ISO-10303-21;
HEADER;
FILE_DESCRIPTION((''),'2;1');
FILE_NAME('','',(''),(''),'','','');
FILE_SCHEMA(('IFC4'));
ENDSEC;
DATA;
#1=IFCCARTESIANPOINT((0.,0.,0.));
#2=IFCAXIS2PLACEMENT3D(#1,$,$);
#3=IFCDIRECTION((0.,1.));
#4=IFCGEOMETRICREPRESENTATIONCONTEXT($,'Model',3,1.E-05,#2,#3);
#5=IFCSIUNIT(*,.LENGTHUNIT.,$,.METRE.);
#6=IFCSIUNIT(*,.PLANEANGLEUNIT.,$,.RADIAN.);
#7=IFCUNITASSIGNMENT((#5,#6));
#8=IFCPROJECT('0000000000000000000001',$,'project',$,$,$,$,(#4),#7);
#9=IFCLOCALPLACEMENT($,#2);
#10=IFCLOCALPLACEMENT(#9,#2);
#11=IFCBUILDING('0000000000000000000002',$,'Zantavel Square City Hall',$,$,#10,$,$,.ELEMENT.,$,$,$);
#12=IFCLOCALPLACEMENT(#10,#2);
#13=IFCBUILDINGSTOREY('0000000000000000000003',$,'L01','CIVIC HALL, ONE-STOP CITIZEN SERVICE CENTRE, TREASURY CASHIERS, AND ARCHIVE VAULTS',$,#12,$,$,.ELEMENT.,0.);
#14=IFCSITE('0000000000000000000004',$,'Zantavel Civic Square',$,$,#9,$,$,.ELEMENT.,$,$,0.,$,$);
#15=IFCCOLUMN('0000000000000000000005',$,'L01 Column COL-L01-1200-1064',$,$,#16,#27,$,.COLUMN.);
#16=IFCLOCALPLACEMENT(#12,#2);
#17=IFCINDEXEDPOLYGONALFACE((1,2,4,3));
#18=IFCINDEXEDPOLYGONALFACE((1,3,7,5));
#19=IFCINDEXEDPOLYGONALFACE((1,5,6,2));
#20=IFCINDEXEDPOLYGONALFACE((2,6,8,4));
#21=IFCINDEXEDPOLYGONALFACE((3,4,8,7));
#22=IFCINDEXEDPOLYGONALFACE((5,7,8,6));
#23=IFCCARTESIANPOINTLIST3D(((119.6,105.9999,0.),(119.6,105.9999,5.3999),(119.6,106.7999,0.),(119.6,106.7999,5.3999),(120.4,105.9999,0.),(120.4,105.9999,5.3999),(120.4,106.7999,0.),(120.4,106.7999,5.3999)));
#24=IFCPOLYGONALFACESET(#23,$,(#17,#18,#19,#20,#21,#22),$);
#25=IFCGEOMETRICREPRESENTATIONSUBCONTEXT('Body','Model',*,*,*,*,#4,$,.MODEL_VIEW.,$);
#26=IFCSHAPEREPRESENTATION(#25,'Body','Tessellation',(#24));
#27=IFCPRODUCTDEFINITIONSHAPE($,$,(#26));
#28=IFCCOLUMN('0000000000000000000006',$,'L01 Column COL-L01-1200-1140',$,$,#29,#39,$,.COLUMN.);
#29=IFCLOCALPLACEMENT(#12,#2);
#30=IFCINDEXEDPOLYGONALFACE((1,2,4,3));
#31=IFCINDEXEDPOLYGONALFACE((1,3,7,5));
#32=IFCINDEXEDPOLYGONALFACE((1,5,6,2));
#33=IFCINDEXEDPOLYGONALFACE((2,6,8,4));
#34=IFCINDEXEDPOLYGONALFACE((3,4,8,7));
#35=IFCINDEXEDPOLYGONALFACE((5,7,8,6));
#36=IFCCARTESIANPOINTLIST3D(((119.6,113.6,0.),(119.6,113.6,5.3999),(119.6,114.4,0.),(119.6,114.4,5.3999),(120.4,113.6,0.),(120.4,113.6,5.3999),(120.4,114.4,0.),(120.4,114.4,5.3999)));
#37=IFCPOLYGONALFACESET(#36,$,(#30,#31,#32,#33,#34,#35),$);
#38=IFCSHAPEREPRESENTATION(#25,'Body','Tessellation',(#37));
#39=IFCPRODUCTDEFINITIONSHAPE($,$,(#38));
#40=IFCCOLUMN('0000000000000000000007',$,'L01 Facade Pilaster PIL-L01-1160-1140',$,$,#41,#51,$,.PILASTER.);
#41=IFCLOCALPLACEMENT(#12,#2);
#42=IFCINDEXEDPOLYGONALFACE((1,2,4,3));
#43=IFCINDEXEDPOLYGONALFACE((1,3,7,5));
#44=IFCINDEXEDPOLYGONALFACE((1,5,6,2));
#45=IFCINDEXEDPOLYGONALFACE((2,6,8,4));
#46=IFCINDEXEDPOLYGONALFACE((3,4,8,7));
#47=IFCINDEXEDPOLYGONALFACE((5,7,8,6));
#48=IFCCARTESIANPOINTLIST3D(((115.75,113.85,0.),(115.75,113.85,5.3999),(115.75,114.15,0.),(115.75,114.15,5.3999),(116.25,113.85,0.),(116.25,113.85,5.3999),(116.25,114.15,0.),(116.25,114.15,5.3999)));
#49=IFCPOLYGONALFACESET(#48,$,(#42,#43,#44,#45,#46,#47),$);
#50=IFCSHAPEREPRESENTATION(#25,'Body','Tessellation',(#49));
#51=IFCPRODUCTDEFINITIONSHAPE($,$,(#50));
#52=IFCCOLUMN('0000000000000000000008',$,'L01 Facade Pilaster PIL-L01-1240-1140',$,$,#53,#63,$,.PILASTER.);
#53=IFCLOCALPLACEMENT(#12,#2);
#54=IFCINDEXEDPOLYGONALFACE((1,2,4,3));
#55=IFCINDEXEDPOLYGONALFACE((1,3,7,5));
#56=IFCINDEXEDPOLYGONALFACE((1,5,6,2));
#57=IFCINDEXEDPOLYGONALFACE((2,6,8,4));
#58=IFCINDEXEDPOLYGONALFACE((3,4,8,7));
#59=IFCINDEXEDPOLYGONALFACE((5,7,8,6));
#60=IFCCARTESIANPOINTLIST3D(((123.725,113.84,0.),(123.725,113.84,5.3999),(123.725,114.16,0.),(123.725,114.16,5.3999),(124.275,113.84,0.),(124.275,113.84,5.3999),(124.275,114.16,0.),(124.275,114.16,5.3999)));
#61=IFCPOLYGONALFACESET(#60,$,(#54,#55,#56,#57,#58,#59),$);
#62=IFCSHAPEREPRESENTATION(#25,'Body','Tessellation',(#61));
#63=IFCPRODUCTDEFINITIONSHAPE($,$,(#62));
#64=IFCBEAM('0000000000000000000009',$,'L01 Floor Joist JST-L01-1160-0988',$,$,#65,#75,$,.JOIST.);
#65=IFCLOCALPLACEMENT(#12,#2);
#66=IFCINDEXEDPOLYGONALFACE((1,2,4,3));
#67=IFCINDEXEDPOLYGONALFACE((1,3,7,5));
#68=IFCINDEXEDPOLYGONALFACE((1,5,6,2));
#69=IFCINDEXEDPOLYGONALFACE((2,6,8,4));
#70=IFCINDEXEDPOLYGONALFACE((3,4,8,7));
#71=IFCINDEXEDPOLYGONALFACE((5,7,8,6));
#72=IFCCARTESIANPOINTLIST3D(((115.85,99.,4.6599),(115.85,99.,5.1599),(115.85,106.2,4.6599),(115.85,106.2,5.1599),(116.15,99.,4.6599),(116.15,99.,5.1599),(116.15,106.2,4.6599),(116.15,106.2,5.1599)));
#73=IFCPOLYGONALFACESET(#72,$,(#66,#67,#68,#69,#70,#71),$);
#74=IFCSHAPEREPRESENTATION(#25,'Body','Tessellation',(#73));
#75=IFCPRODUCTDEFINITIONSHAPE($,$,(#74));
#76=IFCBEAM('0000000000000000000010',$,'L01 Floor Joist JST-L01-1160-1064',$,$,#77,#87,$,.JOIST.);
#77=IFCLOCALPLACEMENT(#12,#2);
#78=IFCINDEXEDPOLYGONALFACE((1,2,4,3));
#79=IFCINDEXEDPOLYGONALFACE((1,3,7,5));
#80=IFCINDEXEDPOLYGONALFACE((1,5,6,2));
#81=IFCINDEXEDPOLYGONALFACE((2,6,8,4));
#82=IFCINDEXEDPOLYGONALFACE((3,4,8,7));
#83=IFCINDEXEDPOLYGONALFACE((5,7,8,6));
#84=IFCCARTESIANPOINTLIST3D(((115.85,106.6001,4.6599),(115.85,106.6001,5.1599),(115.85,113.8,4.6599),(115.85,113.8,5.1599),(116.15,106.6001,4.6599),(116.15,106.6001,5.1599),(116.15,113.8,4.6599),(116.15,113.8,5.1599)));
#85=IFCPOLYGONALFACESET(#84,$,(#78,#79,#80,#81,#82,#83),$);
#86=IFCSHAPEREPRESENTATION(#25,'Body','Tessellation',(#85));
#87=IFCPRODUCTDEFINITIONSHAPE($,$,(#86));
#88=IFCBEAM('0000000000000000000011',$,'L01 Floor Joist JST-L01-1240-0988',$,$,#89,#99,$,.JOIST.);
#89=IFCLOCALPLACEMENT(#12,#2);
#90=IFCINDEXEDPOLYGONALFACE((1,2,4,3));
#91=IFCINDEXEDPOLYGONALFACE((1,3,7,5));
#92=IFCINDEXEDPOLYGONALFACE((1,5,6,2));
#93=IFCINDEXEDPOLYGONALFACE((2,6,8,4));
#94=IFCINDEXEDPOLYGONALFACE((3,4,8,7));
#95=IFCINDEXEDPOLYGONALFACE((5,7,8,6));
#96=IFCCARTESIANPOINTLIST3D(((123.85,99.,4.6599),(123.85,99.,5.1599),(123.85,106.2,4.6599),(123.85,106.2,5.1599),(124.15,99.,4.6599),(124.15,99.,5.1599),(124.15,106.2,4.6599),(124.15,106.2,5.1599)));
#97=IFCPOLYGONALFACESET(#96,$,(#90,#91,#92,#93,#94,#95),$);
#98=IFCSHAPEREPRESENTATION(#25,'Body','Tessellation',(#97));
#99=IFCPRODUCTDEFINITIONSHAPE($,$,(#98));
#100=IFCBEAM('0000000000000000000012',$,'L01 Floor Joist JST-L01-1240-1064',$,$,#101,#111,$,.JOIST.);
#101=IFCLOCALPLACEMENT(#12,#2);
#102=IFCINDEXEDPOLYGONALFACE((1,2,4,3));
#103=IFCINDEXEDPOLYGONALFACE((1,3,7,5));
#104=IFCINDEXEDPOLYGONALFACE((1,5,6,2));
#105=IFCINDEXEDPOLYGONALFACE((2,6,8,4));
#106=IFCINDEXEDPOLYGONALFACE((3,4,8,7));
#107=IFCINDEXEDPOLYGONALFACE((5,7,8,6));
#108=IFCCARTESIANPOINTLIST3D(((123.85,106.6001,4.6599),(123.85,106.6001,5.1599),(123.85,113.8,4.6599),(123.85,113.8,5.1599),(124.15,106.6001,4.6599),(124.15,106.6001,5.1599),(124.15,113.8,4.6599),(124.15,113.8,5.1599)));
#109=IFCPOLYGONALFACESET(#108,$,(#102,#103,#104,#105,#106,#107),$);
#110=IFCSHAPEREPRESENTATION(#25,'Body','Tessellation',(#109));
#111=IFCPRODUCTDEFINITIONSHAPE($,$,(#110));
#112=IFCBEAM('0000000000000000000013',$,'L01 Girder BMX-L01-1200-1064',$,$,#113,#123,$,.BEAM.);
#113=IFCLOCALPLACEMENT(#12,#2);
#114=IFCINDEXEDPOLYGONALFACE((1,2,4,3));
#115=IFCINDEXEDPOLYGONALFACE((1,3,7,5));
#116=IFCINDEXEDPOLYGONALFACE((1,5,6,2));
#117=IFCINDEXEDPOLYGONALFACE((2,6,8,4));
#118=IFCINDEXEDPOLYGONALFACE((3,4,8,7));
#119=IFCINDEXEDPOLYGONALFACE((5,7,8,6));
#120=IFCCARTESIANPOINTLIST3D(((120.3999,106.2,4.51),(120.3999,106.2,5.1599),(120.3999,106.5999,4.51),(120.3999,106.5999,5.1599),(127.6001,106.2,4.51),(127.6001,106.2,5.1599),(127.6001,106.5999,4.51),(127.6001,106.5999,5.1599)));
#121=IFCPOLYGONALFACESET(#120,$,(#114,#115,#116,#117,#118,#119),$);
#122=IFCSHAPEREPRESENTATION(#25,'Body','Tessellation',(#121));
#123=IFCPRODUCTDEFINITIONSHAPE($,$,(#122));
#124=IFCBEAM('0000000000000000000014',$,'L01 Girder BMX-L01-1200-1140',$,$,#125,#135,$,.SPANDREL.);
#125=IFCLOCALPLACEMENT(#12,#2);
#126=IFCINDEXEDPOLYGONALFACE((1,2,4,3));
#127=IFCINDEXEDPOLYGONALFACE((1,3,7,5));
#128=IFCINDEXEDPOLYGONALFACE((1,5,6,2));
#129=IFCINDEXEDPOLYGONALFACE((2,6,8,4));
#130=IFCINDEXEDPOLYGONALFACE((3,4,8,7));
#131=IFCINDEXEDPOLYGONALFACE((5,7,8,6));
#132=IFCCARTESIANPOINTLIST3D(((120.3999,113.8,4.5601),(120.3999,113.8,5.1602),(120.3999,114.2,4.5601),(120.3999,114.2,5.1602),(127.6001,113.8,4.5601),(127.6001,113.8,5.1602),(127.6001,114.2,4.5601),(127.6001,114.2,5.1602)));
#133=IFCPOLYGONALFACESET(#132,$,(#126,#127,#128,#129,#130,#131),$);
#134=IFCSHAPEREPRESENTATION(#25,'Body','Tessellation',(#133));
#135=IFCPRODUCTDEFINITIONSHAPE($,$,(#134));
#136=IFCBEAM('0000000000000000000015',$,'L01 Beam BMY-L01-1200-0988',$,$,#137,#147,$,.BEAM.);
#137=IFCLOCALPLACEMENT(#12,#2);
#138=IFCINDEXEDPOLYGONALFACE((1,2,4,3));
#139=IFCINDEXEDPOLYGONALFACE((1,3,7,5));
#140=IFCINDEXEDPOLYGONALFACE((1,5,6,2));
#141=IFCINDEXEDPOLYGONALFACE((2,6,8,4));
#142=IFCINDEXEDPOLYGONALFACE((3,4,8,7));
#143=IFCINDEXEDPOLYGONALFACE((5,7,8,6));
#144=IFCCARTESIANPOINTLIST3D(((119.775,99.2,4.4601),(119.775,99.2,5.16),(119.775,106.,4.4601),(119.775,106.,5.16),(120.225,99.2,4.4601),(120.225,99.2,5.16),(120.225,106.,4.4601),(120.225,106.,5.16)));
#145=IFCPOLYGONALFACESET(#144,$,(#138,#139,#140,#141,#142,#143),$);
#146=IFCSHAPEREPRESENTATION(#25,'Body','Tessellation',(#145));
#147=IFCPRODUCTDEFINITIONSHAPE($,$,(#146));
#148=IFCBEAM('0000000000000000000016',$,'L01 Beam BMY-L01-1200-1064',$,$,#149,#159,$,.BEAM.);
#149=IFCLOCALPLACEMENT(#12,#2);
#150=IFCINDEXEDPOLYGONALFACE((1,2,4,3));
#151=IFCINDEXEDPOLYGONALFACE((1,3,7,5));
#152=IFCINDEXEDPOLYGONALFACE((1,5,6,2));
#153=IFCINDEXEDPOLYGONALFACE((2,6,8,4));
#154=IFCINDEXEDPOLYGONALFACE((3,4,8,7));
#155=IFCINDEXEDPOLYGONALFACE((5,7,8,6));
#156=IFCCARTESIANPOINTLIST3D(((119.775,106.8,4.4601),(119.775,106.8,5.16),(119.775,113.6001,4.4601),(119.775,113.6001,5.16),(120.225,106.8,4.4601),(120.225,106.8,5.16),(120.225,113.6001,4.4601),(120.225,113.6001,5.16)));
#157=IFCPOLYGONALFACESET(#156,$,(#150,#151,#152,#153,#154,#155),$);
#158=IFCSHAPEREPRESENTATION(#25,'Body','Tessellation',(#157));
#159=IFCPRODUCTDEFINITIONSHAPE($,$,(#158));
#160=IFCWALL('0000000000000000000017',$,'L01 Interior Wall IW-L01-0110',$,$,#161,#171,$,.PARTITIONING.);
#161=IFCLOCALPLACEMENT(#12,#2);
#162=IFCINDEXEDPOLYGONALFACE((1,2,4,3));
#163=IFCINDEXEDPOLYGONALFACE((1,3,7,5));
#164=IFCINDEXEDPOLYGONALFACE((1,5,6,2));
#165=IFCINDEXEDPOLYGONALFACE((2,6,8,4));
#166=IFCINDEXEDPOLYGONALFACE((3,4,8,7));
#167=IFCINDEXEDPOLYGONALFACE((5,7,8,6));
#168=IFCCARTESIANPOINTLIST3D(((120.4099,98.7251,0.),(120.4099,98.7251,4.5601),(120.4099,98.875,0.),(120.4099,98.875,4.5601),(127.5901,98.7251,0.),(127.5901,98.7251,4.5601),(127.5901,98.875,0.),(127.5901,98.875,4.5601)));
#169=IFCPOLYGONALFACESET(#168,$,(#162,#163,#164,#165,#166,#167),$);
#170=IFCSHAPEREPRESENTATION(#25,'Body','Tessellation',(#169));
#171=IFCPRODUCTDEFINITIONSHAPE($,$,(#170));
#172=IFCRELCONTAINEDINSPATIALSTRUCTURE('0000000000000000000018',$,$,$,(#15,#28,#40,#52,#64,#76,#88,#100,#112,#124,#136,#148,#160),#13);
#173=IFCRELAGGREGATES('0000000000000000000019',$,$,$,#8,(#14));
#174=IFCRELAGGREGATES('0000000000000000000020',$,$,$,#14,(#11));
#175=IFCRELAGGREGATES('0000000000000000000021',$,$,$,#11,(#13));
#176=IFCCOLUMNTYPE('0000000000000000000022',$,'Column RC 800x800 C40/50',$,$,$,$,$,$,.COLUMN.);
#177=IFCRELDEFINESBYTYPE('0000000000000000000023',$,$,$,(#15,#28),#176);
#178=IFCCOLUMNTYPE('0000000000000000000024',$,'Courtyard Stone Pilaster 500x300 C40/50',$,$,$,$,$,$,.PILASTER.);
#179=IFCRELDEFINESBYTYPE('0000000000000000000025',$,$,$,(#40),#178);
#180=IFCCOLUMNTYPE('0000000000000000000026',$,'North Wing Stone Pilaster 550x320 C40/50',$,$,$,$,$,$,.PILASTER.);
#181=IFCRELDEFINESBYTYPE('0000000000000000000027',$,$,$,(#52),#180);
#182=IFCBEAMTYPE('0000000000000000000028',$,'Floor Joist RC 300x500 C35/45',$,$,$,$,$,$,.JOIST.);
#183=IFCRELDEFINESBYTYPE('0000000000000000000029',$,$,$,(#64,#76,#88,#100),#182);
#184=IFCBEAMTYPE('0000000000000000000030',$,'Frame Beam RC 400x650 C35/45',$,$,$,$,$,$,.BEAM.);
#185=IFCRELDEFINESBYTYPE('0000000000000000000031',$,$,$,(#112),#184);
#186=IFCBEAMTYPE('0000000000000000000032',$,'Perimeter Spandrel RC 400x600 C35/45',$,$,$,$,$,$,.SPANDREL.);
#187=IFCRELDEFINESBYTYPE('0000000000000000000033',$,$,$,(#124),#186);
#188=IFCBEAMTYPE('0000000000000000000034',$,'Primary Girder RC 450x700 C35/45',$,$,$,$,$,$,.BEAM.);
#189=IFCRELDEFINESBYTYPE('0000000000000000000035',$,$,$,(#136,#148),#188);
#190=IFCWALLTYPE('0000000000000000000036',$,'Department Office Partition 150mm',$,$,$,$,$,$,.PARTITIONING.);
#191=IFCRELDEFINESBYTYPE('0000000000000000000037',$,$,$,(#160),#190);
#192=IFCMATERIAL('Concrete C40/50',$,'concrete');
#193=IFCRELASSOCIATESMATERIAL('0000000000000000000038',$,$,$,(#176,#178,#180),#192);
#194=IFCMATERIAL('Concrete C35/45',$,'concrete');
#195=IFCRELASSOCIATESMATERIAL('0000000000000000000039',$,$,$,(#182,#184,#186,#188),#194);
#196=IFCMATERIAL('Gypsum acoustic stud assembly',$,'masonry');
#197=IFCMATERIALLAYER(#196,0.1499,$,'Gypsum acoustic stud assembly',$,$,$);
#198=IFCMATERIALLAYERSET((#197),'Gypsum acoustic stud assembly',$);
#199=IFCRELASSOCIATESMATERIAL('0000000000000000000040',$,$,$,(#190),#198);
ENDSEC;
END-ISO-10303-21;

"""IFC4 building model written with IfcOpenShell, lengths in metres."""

from ifc_helpers import new_model, si_unit, direction, frame, frame_2d, origin, origin_2d, place, context, subcontext, project, spatial, rectangle, extrude, material, layer, layer_set, material_profile, profile_set, type_object, element, save


model = new_model("IFC4")

# Units and contexts
model_context = context("Model", 3, precision=1e-05, world=origin(), true_north=direction((0.0, 1.0)))
body_context = subcontext(model_context, "Body", "Model", "MODEL_VIEW")
ifc_project = project(units=[si_unit("LENGTHUNIT", "METRE"), si_unit("PLANEANGLEUNIT", "RADIAN")], contexts=[model_context])

# Site, building, storey
site_placement = place(None, origin())
site = spatial("IfcSite", under=ifc_project, at=site_placement, Name="Zantavel Civic Square", CompositionType="ELEMENT", RefElevation=0.0)
building_placement = place(site_placement, origin())
building = spatial("IfcBuilding", under=site, at=building_placement, Name="Zantavel Square City Hall", CompositionType="ELEMENT")
storey_placement = place(building_placement, origin())
storey = spatial("IfcBuildingStorey", under=building, at=storey_placement, Name="L01", Description="CIVIC HALL, ONE-STOP CITIZEN SERVICE CENTRE, TREASURY CASHIERS, AND ARCHIVE VAULTS", CompositionType="ELEMENT", Elevation=0.0)

# Columns
ifc_material_1 = material(Name="Concrete C40/50", Category="concrete")
ifc_material_profile_1 = material_profile(ifc_material_1, rectangle(XDim=0.8, YDim=0.8, at=origin_2d()), Name="RC 800x800")
ifc_profile_set_1 = profile_set([ifc_material_profile_1], Name="Concrete C40/50")
column_type_1 = type_object("IfcColumnType", Name="Column RC 800x800 C40/50", PredefinedType="COLUMN", material=ifc_profile_set_1)
for number, where, z_axis, x_axis, name in (
    (1, (120.0, 106.3999, 0.0), (0.0, 0.0, 1.0), (1.0, 0.0, 0.0), "L01 Column COL-L01-1200-1064"),
    (2, (120.0, 114.0, 0.0), (0.0, 0.0, 1.0), (1.0, 0.0, 0.0), "L01 Column COL-L01-1200-1140"),
):
    element("IfcColumn", number, at=place(storey_placement, frame(where, z_axis=z_axis, x_axis=x_axis)), inside=storey, type_object=column_type_1, Name=name, PredefinedType="COLUMN", context=body_context, shape_type="SweptSolid", body=[
        extrude(rectangle(XDim=0.8, YDim=0.8, at=origin_2d()), origin(), (0.0, 0.0, 1.0), 5.3999),
    ])
ifc_material_profile_2 = material_profile(ifc_material_1, rectangle(XDim=0.5, YDim=0.3, at=origin_2d()), Name="RC 500x300")
ifc_profile_set_2 = profile_set([ifc_material_profile_2], Name="Concrete C40/50")
column_type_2 = type_object("IfcColumnType", Name="Courtyard Stone Pilaster 500x300 C40/50", PredefinedType="PILASTER", material=ifc_profile_set_2)
column_1_placement = place(storey_placement, frame((116.0, 114.0, 0.0), z_axis=(0.0, 0.0, 1.0), x_axis=(1.0, 0.0, 0.0)))
element("IfcColumn", 3, at=column_1_placement, inside=storey, type_object=column_type_2, Name="L01 Facade Pilaster PIL-L01-1160-1140", PredefinedType="PILASTER", context=body_context, shape_type="SweptSolid", body=[
    extrude(rectangle(XDim=0.5, YDim=0.3, at=origin_2d()), origin(), (0.0, 0.0, 1.0), 5.3999),
])
ifc_material_profile_3 = material_profile(ifc_material_1, rectangle(XDim=0.55, YDim=0.3201, at=origin_2d()), Name="RC 550x320")
ifc_profile_set_3 = profile_set([ifc_material_profile_3], Name="Concrete C40/50")
column_type_3 = type_object("IfcColumnType", Name="North Wing Stone Pilaster 550x320 C40/50", PredefinedType="PILASTER", material=ifc_profile_set_3)
column_2_placement = place(storey_placement, frame((124.0, 114.0, 0.0), z_axis=(0.0, 0.0, 1.0), x_axis=(1.0, 0.0, 0.0)))
element("IfcColumn", 4, at=column_2_placement, inside=storey, type_object=column_type_3, Name="L01 Facade Pilaster PIL-L01-1240-1140", PredefinedType="PILASTER", context=body_context, shape_type="SweptSolid", body=[
    extrude(rectangle(XDim=0.55, YDim=0.3201, at=origin_2d()), origin(), (0.0, 0.0, 1.0), 5.3999),
])

# Beams
ifc_material_2 = material(Name="Concrete C35/45", Category="concrete")
ifc_material_profile_4 = material_profile(ifc_material_2, rectangle(XDim=0.3, YDim=0.5, at=origin_2d()), Name="RC 300x500")
ifc_profile_set_4 = profile_set([ifc_material_profile_4], Name="Concrete C35/45")
beam_type_1 = type_object("IfcBeamType", Name="Floor Joist RC 300x500 C35/45", PredefinedType="JOIST", material=ifc_profile_set_4)
for number, where, z_axis, x_axis, name in (
    (5, (116.0, 99.0, 4.9099), (0.0, 1.0, 0.0), (-1.0, 0.0, 0.0), "L01 Floor Joist JST-L01-1160-0988"),
    (6, (116.0, 106.6001, 4.9099), (0.0, 1.0, 0.0), (-1.0, 0.0, 0.0), "L01 Floor Joist JST-L01-1160-1064"),
    (7, (124.0, 99.0, 4.9099), (0.0, 1.0, 0.0), (-1.0, 0.0, 0.0), "L01 Floor Joist JST-L01-1240-0988"),
    (8, (124.0, 106.6001, 4.9099), (0.0, 1.0, 0.0), (-1.0, 0.0, 0.0), "L01 Floor Joist JST-L01-1240-1064"),
):
    element("IfcBeam", number, at=place(storey_placement, frame(where, z_axis=z_axis, x_axis=x_axis)), inside=storey, type_object=beam_type_1, Name=name, PredefinedType="JOIST", context=body_context, shape_type="SweptSolid", body=[
        extrude(rectangle(XDim=0.3, YDim=0.5, at=origin_2d()), origin(), (0.0, 0.0, 1.0), 7.2),
    ])
ifc_material_profile_5 = material_profile(ifc_material_2, rectangle(XDim=0.3999, YDim=0.6499, at=origin_2d()), Name="RC 400x650")
ifc_profile_set_5 = profile_set([ifc_material_profile_5], Name="Concrete C35/45")
beam_type_2 = type_object("IfcBeamType", Name="Frame Beam RC 400x650 C35/45", PredefinedType="BEAM", material=ifc_profile_set_5)
beam_1_placement = place(storey_placement, frame((120.3999, 106.3999, 4.835), z_axis=(1.0, 0.0, 0.0), x_axis=(0.0, 1.0, 0.0)))
element("IfcBeam", 9, at=beam_1_placement, inside=storey, type_object=beam_type_2, Name="L01 Girder BMX-L01-1200-1064", PredefinedType="BEAM", context=body_context, shape_type="SweptSolid", body=[
    extrude(rectangle(XDim=0.3999, YDim=0.6499, at=origin_2d()), origin(), (0.0, 0.0, 1.0), 7.2002),
])
ifc_material_profile_6 = material_profile(ifc_material_2, rectangle(XDim=0.3999, YDim=0.6001, at=origin_2d()), Name="RC 400x600")
ifc_profile_set_6 = profile_set([ifc_material_profile_6], Name="Concrete C35/45")
beam_type_3 = type_object("IfcBeamType", Name="Perimeter Spandrel RC 400x600 C35/45", PredefinedType="SPANDREL", material=ifc_profile_set_6)
beam_2_placement = place(storey_placement, frame((120.3999, 114.0, 4.8601), z_axis=(1.0, 0.0, 0.0), x_axis=(0.0, 1.0, 0.0)))
element("IfcBeam", 10, at=beam_2_placement, inside=storey, type_object=beam_type_3, Name="L01 Girder BMX-L01-1200-1140", PredefinedType="SPANDREL", context=body_context, shape_type="SweptSolid", body=[
    extrude(rectangle(XDim=0.3999, YDim=0.6001, at=origin_2d()), origin(), (0.0, 0.0, 1.0), 7.2002),
])
ifc_material_profile_7 = material_profile(ifc_material_2, rectangle(XDim=0.45, YDim=0.7, at=origin_2d()), Name="RC 450x700")
ifc_profile_set_7 = profile_set([ifc_material_profile_7], Name="Concrete C35/45")
beam_type_4 = type_object("IfcBeamType", Name="Primary Girder RC 450x700 C35/45", PredefinedType="BEAM", material=ifc_profile_set_7)
for number, where, z_axis, x_axis, name in (
    (11, (120.0, 99.2, 4.8101), (0.0, 1.0, 0.0), (-1.0, 0.0, 0.0), "L01 Beam BMY-L01-1200-0988"),
    (12, (120.0, 106.8, 4.8101), (0.0, 1.0, 0.0), (-1.0, 0.0, 0.0), "L01 Beam BMY-L01-1200-1064"),
):
    element("IfcBeam", number, at=place(storey_placement, frame(where, z_axis=z_axis, x_axis=x_axis)), inside=storey, type_object=beam_type_4, Name=name, PredefinedType="BEAM", context=body_context, shape_type="SweptSolid", body=[
        extrude(rectangle(XDim=0.45, YDim=0.7, at=origin_2d()), origin(), (0.0, 0.0, 1.0), 6.8),
    ])

# Wall
ifc_material_3 = material(Name="Gypsum acoustic stud assembly", Category="masonry")
ifc_layer_1 = layer(ifc_material_3, 0.1499, Name="Gypsum acoustic stud assembly")
ifc_layer_set_1 = layer_set([ifc_layer_1], Name="Gypsum acoustic stud assembly")
wall_type_1 = type_object("IfcWallType", Name="Department Office Partition 150mm", PredefinedType="PARTITIONING", material=ifc_layer_set_1)
wall_1_placement = place(storey_placement, frame((120.4099, 98.8, 0.0), z_axis=(0.0, 0.0, 1.0), x_axis=(1.0, 0.0, 0.0)))
element("IfcWall", 13, at=wall_1_placement, inside=storey, type_object=wall_type_1, Name="L01 Interior Wall IW-L01-0110", PredefinedType="PARTITIONING", context=body_context, shape_type="SweptSolid", body=[
    extrude(rectangle(XDim=7.1802, YDim=0.1499, at=frame_2d((3.5901, 0.0))), origin(), (0.0, 0.0, 1.0), 4.5601),
])

save(model, "model.ifc")
